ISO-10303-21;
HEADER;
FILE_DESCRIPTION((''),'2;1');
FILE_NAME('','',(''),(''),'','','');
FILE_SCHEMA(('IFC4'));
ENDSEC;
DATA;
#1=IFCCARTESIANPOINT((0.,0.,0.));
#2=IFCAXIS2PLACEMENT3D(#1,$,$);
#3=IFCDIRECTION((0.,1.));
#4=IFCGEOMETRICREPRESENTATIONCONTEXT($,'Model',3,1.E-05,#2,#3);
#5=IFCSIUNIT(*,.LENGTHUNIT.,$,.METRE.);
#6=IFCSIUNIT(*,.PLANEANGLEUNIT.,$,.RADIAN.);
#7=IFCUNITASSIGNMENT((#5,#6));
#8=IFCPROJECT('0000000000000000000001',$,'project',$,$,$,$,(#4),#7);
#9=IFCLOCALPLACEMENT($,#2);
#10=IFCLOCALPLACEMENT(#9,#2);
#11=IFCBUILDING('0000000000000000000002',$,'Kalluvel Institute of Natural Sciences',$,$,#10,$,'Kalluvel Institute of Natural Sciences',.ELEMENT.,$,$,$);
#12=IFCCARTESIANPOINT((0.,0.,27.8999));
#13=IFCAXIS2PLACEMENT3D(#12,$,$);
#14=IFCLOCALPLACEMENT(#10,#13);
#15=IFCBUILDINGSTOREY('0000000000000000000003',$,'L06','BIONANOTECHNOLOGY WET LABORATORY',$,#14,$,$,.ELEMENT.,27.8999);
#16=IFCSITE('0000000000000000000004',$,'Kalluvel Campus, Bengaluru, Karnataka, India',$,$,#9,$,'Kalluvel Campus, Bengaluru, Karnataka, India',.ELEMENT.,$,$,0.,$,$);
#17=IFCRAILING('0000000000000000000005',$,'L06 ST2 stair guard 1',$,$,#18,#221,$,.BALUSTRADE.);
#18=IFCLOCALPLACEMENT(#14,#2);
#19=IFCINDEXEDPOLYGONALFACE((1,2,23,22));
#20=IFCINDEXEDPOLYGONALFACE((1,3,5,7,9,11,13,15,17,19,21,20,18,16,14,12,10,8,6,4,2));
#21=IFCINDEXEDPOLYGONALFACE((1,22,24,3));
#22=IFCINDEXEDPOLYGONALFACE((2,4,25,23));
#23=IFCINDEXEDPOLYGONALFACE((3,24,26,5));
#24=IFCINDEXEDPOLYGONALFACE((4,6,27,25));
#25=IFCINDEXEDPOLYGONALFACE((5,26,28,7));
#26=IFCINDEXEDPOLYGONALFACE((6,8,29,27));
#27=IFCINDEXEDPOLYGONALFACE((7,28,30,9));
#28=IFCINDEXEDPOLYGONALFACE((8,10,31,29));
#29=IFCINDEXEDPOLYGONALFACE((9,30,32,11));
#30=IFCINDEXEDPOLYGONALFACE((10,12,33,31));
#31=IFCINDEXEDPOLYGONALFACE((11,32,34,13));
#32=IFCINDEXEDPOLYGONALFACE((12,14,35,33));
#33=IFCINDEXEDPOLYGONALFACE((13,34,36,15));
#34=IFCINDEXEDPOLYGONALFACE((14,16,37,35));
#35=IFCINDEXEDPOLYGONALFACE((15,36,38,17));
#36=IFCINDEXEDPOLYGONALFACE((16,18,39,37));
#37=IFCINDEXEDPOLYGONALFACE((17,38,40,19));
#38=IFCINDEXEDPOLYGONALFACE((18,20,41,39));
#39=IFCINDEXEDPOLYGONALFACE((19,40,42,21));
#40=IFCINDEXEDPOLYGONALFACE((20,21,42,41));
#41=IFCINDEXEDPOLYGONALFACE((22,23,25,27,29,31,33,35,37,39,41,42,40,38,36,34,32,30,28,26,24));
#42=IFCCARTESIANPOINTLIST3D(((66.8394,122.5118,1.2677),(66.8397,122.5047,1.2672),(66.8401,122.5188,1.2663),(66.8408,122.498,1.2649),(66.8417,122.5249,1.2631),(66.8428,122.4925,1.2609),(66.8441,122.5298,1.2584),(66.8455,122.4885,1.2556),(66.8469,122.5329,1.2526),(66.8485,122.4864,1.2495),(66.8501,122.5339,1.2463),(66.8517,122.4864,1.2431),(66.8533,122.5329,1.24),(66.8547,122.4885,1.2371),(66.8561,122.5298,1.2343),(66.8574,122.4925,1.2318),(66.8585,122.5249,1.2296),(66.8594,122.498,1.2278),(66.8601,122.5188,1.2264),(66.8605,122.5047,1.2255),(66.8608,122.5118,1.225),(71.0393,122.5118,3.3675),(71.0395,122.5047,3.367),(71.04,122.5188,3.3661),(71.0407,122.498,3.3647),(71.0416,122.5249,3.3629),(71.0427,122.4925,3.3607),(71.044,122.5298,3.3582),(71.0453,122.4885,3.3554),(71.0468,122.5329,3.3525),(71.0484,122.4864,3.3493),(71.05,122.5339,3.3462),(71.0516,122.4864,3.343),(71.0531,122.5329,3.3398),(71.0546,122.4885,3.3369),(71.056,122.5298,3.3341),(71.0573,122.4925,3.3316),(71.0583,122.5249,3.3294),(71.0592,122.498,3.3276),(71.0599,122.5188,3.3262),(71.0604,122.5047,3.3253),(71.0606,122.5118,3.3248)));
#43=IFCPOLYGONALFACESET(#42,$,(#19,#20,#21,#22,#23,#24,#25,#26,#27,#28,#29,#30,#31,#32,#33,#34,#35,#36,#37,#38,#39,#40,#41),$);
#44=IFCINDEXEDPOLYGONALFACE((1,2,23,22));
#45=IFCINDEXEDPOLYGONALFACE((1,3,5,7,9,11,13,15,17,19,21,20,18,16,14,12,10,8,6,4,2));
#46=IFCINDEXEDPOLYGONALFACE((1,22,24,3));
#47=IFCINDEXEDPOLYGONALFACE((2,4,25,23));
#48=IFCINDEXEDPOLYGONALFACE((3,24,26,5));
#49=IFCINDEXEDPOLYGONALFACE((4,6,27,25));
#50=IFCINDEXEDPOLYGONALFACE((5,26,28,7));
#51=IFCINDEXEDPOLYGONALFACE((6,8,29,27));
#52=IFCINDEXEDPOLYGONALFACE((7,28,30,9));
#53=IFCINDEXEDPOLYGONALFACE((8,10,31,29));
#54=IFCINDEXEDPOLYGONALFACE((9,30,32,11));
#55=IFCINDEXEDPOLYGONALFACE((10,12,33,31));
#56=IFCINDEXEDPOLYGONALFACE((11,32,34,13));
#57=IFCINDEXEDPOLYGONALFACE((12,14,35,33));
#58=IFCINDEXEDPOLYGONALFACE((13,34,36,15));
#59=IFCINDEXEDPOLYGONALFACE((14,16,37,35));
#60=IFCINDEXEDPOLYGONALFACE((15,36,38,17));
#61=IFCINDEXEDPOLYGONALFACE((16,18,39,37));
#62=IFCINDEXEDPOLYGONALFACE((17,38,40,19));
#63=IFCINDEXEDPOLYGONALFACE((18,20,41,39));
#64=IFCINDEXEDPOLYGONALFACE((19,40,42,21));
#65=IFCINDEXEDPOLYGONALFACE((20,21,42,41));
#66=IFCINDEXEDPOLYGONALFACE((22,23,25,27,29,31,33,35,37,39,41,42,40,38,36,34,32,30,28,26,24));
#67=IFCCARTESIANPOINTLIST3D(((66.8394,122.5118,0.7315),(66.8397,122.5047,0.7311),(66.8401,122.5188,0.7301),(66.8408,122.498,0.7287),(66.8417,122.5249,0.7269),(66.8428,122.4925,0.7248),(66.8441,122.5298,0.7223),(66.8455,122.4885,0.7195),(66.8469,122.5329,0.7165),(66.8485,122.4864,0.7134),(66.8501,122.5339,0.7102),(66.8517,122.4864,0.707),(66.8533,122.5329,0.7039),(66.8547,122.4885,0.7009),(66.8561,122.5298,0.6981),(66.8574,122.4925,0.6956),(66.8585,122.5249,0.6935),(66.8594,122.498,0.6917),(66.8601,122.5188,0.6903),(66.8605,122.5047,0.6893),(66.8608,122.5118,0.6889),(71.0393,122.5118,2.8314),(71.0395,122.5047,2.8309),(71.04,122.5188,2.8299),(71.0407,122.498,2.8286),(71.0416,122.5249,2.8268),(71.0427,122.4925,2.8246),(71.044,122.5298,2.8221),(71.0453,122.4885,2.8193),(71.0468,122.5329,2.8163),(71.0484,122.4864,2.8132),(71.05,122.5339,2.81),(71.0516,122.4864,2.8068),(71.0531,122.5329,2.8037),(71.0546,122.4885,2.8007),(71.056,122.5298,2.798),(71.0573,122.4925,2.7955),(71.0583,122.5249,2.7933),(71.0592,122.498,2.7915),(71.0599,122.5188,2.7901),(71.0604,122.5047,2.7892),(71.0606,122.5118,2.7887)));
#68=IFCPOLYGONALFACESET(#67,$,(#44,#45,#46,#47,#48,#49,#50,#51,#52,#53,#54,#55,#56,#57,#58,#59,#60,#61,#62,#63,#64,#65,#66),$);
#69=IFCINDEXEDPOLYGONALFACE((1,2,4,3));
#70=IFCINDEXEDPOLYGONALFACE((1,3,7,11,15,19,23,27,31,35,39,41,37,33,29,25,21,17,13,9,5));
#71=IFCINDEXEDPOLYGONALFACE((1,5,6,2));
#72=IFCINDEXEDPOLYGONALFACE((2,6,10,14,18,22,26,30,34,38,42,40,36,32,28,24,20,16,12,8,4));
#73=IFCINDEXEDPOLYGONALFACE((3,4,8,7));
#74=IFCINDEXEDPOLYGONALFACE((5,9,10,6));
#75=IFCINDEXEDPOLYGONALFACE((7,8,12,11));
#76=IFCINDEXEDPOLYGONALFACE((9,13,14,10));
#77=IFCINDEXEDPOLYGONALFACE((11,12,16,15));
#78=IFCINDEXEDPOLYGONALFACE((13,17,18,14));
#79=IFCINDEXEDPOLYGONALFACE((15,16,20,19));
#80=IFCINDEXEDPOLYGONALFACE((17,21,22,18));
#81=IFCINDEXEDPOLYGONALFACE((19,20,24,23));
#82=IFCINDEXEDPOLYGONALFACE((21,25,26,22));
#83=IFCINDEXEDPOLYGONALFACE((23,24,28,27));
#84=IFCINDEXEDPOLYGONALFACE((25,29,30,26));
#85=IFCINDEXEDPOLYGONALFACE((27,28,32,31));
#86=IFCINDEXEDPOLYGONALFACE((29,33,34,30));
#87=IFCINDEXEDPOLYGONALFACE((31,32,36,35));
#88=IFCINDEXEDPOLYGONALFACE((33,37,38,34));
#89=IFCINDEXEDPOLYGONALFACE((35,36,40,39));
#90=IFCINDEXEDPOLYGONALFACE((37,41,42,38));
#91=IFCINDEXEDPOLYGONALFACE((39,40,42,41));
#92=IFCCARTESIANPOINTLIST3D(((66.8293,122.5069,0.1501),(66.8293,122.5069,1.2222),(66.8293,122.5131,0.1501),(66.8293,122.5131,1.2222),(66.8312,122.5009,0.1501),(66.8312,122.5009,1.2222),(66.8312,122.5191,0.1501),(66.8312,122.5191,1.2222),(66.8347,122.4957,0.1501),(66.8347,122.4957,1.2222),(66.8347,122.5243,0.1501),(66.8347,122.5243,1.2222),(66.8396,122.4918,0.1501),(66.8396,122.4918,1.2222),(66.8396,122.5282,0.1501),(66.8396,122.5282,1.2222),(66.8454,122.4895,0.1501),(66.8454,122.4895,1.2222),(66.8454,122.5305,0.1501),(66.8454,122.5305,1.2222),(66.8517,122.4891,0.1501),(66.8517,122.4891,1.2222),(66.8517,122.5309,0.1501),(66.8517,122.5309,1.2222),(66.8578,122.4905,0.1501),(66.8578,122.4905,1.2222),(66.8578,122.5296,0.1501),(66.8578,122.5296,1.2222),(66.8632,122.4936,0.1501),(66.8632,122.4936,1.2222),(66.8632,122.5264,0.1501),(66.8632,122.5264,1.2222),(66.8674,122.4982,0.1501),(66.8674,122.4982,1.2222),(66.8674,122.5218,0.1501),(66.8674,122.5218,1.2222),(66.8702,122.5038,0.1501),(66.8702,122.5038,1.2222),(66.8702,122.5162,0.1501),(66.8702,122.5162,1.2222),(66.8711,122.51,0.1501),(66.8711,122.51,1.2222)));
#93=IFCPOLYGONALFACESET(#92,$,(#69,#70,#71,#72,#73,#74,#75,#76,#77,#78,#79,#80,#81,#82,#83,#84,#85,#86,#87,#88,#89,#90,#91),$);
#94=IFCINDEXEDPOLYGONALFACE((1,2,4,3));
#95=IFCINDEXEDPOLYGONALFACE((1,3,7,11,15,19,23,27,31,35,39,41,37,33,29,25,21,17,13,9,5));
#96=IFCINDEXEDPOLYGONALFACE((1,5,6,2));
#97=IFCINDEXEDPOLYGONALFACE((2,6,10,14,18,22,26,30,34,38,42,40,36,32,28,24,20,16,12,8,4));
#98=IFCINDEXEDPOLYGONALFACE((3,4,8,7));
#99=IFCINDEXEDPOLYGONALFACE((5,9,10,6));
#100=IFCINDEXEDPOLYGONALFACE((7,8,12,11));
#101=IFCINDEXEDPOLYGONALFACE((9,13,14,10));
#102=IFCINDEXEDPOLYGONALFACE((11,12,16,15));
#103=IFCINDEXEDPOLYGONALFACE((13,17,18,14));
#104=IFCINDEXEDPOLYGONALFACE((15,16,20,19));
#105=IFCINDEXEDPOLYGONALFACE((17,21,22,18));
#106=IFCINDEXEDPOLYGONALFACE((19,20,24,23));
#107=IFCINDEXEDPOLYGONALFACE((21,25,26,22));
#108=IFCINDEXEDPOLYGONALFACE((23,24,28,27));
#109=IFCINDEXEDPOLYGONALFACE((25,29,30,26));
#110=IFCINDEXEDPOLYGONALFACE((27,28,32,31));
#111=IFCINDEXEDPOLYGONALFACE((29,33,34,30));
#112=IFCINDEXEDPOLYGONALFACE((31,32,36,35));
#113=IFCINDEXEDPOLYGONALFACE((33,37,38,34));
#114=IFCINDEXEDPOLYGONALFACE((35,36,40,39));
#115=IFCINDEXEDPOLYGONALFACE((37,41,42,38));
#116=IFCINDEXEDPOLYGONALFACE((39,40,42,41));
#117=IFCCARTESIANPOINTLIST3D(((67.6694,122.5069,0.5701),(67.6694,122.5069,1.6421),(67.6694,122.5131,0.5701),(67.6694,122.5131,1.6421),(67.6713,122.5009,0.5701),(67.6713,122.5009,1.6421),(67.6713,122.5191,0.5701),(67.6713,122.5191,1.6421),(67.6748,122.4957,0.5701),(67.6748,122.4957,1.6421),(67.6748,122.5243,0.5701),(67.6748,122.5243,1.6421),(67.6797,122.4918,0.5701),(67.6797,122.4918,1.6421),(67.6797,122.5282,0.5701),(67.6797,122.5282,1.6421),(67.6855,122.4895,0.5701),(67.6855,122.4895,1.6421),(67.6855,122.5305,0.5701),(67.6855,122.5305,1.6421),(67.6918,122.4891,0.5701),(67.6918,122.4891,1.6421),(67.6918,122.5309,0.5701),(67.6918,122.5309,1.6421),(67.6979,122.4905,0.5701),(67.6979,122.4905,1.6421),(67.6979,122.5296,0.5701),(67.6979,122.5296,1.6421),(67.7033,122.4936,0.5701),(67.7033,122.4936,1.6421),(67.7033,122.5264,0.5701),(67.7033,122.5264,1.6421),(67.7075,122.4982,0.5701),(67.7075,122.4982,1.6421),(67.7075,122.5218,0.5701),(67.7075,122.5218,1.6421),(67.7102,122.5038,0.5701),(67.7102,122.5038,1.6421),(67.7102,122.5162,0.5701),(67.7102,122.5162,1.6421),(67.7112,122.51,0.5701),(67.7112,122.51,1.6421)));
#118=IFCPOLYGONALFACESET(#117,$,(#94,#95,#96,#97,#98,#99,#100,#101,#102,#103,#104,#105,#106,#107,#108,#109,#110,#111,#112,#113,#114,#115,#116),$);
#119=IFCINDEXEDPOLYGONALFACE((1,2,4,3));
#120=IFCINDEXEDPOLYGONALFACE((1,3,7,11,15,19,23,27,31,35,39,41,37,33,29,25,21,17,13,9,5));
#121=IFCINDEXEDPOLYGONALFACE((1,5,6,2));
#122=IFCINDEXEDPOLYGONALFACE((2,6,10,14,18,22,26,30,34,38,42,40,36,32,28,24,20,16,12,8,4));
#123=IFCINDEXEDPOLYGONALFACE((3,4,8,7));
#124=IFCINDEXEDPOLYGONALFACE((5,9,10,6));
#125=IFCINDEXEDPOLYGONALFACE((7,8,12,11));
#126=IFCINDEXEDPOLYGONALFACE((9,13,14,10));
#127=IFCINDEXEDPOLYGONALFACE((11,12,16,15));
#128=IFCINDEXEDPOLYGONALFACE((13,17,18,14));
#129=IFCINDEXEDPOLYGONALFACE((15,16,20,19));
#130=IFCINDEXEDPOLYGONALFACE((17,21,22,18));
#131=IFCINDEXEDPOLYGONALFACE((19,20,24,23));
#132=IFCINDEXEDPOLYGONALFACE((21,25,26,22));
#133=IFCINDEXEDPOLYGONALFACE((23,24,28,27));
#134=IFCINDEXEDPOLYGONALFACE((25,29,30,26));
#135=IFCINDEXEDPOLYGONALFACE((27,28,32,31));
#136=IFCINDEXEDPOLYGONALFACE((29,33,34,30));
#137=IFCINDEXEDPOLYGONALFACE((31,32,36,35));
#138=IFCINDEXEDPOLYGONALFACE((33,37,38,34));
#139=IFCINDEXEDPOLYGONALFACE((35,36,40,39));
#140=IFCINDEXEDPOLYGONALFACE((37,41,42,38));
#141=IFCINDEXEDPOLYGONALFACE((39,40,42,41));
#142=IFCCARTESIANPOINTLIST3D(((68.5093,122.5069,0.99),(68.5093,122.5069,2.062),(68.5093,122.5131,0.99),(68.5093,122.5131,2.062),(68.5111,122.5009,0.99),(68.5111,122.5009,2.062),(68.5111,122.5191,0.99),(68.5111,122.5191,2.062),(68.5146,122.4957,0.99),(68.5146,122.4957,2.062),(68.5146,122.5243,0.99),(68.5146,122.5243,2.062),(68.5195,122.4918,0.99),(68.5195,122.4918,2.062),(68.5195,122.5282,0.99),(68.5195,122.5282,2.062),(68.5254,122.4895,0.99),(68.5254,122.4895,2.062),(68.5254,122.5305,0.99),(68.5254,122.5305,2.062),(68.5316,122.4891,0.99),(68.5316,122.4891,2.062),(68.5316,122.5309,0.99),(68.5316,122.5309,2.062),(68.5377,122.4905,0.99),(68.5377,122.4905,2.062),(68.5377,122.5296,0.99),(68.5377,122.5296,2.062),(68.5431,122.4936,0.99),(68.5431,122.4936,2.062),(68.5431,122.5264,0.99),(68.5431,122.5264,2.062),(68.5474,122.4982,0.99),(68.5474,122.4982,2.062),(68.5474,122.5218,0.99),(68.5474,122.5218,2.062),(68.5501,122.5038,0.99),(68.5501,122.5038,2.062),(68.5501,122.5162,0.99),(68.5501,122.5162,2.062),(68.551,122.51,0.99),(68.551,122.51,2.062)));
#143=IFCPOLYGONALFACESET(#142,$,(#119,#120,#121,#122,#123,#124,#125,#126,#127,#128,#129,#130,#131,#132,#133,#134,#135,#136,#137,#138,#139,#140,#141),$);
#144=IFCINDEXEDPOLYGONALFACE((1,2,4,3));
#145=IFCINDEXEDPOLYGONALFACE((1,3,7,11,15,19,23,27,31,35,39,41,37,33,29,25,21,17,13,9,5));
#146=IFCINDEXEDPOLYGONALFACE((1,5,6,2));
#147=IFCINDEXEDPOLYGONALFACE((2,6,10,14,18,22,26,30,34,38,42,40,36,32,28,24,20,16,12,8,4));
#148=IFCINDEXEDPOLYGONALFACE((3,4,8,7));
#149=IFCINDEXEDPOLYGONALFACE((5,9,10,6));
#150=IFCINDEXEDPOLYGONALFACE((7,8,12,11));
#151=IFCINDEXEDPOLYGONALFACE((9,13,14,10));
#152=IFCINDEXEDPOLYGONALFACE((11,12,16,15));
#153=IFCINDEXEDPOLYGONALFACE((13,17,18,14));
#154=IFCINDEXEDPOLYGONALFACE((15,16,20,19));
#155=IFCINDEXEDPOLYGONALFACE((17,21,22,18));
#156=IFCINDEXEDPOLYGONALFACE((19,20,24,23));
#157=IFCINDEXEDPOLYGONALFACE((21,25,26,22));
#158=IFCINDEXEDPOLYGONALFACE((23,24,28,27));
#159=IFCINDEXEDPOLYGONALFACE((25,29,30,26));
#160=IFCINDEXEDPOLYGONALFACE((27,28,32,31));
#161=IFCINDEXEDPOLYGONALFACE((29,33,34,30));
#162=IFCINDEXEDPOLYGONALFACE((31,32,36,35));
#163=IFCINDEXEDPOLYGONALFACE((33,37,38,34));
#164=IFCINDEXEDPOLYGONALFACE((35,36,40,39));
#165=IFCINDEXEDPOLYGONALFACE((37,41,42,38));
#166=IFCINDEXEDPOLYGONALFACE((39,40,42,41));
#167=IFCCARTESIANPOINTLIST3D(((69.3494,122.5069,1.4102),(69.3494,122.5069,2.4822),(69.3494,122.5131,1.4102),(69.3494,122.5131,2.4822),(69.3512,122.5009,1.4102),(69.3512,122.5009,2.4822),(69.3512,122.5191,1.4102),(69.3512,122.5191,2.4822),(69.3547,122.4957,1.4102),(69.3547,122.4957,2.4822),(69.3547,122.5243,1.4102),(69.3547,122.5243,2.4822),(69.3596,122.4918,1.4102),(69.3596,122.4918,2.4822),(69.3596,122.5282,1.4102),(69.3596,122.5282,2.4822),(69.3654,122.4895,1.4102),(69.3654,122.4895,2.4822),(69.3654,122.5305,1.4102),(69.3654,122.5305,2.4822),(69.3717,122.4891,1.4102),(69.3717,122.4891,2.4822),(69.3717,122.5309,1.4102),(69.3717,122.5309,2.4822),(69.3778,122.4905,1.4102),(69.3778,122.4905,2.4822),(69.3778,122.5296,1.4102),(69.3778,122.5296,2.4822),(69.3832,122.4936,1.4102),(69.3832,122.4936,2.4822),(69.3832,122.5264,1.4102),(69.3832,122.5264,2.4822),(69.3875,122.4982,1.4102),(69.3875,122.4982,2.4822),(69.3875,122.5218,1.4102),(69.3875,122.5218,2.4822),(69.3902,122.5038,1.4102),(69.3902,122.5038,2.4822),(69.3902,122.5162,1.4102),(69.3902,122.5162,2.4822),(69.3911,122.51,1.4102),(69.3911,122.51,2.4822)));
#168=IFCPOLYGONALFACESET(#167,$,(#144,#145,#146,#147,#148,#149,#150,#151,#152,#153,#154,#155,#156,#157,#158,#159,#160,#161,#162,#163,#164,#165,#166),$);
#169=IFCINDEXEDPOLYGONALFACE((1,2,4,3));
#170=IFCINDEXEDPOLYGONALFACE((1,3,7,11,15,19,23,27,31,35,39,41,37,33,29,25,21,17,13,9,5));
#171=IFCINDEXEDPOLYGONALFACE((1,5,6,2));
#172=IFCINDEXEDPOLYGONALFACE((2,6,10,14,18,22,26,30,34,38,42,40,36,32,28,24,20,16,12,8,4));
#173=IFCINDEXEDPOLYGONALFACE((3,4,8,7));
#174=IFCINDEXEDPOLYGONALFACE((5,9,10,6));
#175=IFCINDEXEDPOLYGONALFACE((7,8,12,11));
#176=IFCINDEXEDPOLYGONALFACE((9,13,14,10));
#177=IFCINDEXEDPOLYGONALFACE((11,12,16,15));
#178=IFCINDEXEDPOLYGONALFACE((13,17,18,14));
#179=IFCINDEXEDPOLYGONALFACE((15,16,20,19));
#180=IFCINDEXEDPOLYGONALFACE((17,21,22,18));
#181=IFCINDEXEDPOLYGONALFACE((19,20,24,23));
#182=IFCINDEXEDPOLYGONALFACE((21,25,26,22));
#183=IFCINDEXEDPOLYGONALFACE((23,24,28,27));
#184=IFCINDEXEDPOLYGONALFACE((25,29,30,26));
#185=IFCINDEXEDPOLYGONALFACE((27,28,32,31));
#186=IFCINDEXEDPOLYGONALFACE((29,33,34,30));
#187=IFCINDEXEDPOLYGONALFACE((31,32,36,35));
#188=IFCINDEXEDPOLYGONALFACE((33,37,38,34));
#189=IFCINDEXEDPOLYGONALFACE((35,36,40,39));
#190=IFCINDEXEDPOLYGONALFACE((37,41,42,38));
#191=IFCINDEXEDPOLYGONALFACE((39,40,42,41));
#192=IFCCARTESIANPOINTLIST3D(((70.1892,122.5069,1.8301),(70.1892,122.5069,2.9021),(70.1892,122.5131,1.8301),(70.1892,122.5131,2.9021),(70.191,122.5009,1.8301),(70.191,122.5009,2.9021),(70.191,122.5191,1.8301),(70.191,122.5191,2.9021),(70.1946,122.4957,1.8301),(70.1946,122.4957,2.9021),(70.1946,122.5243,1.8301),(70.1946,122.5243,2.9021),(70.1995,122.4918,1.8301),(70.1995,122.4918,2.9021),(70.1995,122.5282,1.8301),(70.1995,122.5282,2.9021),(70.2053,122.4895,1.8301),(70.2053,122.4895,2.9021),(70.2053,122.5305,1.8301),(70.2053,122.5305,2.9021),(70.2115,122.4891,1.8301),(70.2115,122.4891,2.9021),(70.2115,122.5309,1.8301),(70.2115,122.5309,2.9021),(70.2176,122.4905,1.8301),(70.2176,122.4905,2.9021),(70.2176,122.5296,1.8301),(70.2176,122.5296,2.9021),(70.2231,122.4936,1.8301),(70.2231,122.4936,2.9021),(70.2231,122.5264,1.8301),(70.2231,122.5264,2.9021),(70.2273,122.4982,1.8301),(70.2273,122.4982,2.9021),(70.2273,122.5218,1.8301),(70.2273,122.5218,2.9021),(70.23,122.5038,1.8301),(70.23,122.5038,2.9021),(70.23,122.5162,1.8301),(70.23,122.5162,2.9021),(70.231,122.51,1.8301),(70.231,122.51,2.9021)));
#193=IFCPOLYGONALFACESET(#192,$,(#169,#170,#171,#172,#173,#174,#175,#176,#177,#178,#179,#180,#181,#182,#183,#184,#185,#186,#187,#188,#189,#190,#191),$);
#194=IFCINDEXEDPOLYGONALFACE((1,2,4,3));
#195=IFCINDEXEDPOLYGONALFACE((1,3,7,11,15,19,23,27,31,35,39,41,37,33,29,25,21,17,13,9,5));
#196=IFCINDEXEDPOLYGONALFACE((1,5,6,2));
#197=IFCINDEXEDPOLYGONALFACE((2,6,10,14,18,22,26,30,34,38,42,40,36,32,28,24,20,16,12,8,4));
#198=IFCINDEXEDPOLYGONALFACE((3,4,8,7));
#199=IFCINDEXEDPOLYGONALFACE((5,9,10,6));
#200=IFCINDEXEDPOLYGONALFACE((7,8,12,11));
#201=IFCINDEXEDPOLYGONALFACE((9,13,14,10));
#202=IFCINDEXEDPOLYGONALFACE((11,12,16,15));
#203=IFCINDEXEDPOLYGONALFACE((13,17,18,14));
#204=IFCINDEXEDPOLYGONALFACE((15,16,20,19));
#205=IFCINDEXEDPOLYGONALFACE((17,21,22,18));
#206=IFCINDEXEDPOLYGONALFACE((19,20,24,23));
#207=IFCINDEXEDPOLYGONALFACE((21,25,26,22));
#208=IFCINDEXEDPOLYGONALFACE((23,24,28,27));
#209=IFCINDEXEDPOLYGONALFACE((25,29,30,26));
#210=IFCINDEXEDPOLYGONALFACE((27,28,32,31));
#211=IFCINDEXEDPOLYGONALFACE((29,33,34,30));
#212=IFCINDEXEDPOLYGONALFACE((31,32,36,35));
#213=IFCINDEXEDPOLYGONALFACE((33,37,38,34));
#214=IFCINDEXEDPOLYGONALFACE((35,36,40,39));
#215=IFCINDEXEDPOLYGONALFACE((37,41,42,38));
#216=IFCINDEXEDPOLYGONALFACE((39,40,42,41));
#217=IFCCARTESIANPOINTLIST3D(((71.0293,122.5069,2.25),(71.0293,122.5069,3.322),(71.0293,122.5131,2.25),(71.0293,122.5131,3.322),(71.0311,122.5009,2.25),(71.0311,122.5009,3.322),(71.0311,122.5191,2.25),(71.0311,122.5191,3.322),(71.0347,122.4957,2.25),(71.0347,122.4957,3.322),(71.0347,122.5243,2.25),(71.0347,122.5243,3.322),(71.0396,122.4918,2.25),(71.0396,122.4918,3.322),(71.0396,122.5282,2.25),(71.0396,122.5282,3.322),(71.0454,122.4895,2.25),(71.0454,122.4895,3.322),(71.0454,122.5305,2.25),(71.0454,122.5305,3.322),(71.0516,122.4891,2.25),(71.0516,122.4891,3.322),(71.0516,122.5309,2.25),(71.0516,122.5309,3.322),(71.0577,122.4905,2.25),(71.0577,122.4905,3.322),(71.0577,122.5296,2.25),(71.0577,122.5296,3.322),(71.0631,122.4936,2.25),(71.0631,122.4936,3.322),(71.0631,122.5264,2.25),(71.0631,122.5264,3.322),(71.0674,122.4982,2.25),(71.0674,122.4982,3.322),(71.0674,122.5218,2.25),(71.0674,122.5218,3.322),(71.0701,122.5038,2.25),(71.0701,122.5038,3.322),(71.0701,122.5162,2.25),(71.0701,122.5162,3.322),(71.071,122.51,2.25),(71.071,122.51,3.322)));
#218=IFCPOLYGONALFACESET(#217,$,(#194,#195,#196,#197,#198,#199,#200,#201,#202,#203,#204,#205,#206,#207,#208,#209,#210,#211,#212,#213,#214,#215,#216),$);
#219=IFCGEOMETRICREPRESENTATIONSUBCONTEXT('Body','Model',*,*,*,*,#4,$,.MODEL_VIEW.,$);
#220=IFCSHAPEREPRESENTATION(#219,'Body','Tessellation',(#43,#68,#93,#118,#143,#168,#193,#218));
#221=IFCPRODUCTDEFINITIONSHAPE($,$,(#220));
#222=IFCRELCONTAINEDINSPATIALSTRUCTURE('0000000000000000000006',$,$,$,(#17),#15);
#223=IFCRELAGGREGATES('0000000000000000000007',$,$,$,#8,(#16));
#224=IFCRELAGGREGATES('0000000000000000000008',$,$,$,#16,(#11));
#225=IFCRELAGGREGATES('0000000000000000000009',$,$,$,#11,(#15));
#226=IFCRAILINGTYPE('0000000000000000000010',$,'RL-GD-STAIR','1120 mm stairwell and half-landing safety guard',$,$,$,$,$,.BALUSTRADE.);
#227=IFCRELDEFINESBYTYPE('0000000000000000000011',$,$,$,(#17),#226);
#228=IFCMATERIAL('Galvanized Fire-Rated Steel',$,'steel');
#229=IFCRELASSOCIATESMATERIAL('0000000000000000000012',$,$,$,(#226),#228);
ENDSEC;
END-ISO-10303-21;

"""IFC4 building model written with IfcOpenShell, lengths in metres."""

from ifc_helpers import new_model, si_unit, direction, frame, origin, origin_2d, place, context, subcontext, project, spatial, circle, extrude, material, type_object, element, save


model = new_model("IFC4")

# Units and contexts
model_context = context("Model", 3, precision=1e-05, world=origin(), true_north=direction((0.0, 1.0)))
body_context = subcontext(model_context, "Body", "Model", "MODEL_VIEW")
ifc_project = project(units=[si_unit("LENGTHUNIT", "METRE"), si_unit("PLANEANGLEUNIT", "RADIAN")], contexts=[model_context])

# Site, building, storey
site_placement = place(None, origin())
site = spatial("IfcSite", under=ifc_project, at=site_placement, Name="Kalluvel Campus, Bengaluru, Karnataka, India", LongName="Kalluvel Campus, Bengaluru, Karnataka, India", CompositionType="ELEMENT", RefElevation=0.0)
building_placement = place(site_placement, origin())
building = spatial("IfcBuilding", under=site, at=building_placement, Name="Kalluvel Institute of Natural Sciences", LongName="Kalluvel Institute of Natural Sciences", CompositionType="ELEMENT")
storey_placement = place(building_placement, frame((0.0, 0.0, 27.8999)))
storey = spatial("IfcBuildingStorey", under=building, at=storey_placement, Name="L06", Description="BIONANOTECHNOLOGY WET LABORATORY", CompositionType="ELEMENT", Elevation=27.8999)

# Shared definitions
ifc_material_1 = material(Name="Galvanized Fire-Rated Steel", Category="steel")

# Railing
railing_type_1 = type_object("IfcRailingType", Name="RL-GD-STAIR", Description="1120 mm stairwell and half-landing safety guard", PredefinedType="BALUSTRADE", material=ifc_material_1)
railing_1_placement = place(storey_placement, frame((66.8501, 122.51, 0.1501)))
element("IfcRailing", 1, at=railing_1_placement, inside=storey, type_object=railing_type_1, Name="L06 ST2 stair guard 1", PredefinedType="BALUSTRADE", context=body_context, shape_type="SweptSolid", body=[
    extrude(circle(Radius=0.0239, at=origin_2d()), frame((0.0, 0.0, 1.0962), z_axis=(0.894438, 0.0, 0.447193), x_axis=(0.0, 1.0, 0.0)), (0.0, 0.0, 1.0), 4.6956),
    extrude(circle(Radius=0.0239, at=origin_2d()), frame((0.0, 0.0, 0.5601), z_axis=(0.894438, 0.0, 0.447193), x_axis=(0.0, 1.0, 0.0)), (0.0, 0.0, 1.0), 4.6956),
    extrude(circle(Radius=0.021, at=origin_2d()), origin(), (0.0, 0.0, 1.0), 1.072),
    extrude(circle(Radius=0.021, at=origin_2d()), frame((0.8401, 0.0, 0.4199)), (0.0, 0.0, 1.0), 1.072),
    extrude(circle(Radius=0.021, at=origin_2d()), frame((1.6799, 0.0, 0.8398)), (0.0, 0.0, 1.0), 1.072),
    extrude(circle(Radius=0.021, at=origin_2d()), frame((2.52, 0.0, 1.26)), (0.0, 0.0, 1.0), 1.072),
    extrude(circle(Radius=0.021, at=origin_2d()), frame((3.3599, 0.0, 1.6799)), (0.0, 0.0, 1.0), 1.072),
    extrude(circle(Radius=0.021, at=origin_2d()), frame((4.2, 0.0, 2.0999)), (0.0, 0.0, 1.0), 1.072),
])

save(model, "model.ifc")
